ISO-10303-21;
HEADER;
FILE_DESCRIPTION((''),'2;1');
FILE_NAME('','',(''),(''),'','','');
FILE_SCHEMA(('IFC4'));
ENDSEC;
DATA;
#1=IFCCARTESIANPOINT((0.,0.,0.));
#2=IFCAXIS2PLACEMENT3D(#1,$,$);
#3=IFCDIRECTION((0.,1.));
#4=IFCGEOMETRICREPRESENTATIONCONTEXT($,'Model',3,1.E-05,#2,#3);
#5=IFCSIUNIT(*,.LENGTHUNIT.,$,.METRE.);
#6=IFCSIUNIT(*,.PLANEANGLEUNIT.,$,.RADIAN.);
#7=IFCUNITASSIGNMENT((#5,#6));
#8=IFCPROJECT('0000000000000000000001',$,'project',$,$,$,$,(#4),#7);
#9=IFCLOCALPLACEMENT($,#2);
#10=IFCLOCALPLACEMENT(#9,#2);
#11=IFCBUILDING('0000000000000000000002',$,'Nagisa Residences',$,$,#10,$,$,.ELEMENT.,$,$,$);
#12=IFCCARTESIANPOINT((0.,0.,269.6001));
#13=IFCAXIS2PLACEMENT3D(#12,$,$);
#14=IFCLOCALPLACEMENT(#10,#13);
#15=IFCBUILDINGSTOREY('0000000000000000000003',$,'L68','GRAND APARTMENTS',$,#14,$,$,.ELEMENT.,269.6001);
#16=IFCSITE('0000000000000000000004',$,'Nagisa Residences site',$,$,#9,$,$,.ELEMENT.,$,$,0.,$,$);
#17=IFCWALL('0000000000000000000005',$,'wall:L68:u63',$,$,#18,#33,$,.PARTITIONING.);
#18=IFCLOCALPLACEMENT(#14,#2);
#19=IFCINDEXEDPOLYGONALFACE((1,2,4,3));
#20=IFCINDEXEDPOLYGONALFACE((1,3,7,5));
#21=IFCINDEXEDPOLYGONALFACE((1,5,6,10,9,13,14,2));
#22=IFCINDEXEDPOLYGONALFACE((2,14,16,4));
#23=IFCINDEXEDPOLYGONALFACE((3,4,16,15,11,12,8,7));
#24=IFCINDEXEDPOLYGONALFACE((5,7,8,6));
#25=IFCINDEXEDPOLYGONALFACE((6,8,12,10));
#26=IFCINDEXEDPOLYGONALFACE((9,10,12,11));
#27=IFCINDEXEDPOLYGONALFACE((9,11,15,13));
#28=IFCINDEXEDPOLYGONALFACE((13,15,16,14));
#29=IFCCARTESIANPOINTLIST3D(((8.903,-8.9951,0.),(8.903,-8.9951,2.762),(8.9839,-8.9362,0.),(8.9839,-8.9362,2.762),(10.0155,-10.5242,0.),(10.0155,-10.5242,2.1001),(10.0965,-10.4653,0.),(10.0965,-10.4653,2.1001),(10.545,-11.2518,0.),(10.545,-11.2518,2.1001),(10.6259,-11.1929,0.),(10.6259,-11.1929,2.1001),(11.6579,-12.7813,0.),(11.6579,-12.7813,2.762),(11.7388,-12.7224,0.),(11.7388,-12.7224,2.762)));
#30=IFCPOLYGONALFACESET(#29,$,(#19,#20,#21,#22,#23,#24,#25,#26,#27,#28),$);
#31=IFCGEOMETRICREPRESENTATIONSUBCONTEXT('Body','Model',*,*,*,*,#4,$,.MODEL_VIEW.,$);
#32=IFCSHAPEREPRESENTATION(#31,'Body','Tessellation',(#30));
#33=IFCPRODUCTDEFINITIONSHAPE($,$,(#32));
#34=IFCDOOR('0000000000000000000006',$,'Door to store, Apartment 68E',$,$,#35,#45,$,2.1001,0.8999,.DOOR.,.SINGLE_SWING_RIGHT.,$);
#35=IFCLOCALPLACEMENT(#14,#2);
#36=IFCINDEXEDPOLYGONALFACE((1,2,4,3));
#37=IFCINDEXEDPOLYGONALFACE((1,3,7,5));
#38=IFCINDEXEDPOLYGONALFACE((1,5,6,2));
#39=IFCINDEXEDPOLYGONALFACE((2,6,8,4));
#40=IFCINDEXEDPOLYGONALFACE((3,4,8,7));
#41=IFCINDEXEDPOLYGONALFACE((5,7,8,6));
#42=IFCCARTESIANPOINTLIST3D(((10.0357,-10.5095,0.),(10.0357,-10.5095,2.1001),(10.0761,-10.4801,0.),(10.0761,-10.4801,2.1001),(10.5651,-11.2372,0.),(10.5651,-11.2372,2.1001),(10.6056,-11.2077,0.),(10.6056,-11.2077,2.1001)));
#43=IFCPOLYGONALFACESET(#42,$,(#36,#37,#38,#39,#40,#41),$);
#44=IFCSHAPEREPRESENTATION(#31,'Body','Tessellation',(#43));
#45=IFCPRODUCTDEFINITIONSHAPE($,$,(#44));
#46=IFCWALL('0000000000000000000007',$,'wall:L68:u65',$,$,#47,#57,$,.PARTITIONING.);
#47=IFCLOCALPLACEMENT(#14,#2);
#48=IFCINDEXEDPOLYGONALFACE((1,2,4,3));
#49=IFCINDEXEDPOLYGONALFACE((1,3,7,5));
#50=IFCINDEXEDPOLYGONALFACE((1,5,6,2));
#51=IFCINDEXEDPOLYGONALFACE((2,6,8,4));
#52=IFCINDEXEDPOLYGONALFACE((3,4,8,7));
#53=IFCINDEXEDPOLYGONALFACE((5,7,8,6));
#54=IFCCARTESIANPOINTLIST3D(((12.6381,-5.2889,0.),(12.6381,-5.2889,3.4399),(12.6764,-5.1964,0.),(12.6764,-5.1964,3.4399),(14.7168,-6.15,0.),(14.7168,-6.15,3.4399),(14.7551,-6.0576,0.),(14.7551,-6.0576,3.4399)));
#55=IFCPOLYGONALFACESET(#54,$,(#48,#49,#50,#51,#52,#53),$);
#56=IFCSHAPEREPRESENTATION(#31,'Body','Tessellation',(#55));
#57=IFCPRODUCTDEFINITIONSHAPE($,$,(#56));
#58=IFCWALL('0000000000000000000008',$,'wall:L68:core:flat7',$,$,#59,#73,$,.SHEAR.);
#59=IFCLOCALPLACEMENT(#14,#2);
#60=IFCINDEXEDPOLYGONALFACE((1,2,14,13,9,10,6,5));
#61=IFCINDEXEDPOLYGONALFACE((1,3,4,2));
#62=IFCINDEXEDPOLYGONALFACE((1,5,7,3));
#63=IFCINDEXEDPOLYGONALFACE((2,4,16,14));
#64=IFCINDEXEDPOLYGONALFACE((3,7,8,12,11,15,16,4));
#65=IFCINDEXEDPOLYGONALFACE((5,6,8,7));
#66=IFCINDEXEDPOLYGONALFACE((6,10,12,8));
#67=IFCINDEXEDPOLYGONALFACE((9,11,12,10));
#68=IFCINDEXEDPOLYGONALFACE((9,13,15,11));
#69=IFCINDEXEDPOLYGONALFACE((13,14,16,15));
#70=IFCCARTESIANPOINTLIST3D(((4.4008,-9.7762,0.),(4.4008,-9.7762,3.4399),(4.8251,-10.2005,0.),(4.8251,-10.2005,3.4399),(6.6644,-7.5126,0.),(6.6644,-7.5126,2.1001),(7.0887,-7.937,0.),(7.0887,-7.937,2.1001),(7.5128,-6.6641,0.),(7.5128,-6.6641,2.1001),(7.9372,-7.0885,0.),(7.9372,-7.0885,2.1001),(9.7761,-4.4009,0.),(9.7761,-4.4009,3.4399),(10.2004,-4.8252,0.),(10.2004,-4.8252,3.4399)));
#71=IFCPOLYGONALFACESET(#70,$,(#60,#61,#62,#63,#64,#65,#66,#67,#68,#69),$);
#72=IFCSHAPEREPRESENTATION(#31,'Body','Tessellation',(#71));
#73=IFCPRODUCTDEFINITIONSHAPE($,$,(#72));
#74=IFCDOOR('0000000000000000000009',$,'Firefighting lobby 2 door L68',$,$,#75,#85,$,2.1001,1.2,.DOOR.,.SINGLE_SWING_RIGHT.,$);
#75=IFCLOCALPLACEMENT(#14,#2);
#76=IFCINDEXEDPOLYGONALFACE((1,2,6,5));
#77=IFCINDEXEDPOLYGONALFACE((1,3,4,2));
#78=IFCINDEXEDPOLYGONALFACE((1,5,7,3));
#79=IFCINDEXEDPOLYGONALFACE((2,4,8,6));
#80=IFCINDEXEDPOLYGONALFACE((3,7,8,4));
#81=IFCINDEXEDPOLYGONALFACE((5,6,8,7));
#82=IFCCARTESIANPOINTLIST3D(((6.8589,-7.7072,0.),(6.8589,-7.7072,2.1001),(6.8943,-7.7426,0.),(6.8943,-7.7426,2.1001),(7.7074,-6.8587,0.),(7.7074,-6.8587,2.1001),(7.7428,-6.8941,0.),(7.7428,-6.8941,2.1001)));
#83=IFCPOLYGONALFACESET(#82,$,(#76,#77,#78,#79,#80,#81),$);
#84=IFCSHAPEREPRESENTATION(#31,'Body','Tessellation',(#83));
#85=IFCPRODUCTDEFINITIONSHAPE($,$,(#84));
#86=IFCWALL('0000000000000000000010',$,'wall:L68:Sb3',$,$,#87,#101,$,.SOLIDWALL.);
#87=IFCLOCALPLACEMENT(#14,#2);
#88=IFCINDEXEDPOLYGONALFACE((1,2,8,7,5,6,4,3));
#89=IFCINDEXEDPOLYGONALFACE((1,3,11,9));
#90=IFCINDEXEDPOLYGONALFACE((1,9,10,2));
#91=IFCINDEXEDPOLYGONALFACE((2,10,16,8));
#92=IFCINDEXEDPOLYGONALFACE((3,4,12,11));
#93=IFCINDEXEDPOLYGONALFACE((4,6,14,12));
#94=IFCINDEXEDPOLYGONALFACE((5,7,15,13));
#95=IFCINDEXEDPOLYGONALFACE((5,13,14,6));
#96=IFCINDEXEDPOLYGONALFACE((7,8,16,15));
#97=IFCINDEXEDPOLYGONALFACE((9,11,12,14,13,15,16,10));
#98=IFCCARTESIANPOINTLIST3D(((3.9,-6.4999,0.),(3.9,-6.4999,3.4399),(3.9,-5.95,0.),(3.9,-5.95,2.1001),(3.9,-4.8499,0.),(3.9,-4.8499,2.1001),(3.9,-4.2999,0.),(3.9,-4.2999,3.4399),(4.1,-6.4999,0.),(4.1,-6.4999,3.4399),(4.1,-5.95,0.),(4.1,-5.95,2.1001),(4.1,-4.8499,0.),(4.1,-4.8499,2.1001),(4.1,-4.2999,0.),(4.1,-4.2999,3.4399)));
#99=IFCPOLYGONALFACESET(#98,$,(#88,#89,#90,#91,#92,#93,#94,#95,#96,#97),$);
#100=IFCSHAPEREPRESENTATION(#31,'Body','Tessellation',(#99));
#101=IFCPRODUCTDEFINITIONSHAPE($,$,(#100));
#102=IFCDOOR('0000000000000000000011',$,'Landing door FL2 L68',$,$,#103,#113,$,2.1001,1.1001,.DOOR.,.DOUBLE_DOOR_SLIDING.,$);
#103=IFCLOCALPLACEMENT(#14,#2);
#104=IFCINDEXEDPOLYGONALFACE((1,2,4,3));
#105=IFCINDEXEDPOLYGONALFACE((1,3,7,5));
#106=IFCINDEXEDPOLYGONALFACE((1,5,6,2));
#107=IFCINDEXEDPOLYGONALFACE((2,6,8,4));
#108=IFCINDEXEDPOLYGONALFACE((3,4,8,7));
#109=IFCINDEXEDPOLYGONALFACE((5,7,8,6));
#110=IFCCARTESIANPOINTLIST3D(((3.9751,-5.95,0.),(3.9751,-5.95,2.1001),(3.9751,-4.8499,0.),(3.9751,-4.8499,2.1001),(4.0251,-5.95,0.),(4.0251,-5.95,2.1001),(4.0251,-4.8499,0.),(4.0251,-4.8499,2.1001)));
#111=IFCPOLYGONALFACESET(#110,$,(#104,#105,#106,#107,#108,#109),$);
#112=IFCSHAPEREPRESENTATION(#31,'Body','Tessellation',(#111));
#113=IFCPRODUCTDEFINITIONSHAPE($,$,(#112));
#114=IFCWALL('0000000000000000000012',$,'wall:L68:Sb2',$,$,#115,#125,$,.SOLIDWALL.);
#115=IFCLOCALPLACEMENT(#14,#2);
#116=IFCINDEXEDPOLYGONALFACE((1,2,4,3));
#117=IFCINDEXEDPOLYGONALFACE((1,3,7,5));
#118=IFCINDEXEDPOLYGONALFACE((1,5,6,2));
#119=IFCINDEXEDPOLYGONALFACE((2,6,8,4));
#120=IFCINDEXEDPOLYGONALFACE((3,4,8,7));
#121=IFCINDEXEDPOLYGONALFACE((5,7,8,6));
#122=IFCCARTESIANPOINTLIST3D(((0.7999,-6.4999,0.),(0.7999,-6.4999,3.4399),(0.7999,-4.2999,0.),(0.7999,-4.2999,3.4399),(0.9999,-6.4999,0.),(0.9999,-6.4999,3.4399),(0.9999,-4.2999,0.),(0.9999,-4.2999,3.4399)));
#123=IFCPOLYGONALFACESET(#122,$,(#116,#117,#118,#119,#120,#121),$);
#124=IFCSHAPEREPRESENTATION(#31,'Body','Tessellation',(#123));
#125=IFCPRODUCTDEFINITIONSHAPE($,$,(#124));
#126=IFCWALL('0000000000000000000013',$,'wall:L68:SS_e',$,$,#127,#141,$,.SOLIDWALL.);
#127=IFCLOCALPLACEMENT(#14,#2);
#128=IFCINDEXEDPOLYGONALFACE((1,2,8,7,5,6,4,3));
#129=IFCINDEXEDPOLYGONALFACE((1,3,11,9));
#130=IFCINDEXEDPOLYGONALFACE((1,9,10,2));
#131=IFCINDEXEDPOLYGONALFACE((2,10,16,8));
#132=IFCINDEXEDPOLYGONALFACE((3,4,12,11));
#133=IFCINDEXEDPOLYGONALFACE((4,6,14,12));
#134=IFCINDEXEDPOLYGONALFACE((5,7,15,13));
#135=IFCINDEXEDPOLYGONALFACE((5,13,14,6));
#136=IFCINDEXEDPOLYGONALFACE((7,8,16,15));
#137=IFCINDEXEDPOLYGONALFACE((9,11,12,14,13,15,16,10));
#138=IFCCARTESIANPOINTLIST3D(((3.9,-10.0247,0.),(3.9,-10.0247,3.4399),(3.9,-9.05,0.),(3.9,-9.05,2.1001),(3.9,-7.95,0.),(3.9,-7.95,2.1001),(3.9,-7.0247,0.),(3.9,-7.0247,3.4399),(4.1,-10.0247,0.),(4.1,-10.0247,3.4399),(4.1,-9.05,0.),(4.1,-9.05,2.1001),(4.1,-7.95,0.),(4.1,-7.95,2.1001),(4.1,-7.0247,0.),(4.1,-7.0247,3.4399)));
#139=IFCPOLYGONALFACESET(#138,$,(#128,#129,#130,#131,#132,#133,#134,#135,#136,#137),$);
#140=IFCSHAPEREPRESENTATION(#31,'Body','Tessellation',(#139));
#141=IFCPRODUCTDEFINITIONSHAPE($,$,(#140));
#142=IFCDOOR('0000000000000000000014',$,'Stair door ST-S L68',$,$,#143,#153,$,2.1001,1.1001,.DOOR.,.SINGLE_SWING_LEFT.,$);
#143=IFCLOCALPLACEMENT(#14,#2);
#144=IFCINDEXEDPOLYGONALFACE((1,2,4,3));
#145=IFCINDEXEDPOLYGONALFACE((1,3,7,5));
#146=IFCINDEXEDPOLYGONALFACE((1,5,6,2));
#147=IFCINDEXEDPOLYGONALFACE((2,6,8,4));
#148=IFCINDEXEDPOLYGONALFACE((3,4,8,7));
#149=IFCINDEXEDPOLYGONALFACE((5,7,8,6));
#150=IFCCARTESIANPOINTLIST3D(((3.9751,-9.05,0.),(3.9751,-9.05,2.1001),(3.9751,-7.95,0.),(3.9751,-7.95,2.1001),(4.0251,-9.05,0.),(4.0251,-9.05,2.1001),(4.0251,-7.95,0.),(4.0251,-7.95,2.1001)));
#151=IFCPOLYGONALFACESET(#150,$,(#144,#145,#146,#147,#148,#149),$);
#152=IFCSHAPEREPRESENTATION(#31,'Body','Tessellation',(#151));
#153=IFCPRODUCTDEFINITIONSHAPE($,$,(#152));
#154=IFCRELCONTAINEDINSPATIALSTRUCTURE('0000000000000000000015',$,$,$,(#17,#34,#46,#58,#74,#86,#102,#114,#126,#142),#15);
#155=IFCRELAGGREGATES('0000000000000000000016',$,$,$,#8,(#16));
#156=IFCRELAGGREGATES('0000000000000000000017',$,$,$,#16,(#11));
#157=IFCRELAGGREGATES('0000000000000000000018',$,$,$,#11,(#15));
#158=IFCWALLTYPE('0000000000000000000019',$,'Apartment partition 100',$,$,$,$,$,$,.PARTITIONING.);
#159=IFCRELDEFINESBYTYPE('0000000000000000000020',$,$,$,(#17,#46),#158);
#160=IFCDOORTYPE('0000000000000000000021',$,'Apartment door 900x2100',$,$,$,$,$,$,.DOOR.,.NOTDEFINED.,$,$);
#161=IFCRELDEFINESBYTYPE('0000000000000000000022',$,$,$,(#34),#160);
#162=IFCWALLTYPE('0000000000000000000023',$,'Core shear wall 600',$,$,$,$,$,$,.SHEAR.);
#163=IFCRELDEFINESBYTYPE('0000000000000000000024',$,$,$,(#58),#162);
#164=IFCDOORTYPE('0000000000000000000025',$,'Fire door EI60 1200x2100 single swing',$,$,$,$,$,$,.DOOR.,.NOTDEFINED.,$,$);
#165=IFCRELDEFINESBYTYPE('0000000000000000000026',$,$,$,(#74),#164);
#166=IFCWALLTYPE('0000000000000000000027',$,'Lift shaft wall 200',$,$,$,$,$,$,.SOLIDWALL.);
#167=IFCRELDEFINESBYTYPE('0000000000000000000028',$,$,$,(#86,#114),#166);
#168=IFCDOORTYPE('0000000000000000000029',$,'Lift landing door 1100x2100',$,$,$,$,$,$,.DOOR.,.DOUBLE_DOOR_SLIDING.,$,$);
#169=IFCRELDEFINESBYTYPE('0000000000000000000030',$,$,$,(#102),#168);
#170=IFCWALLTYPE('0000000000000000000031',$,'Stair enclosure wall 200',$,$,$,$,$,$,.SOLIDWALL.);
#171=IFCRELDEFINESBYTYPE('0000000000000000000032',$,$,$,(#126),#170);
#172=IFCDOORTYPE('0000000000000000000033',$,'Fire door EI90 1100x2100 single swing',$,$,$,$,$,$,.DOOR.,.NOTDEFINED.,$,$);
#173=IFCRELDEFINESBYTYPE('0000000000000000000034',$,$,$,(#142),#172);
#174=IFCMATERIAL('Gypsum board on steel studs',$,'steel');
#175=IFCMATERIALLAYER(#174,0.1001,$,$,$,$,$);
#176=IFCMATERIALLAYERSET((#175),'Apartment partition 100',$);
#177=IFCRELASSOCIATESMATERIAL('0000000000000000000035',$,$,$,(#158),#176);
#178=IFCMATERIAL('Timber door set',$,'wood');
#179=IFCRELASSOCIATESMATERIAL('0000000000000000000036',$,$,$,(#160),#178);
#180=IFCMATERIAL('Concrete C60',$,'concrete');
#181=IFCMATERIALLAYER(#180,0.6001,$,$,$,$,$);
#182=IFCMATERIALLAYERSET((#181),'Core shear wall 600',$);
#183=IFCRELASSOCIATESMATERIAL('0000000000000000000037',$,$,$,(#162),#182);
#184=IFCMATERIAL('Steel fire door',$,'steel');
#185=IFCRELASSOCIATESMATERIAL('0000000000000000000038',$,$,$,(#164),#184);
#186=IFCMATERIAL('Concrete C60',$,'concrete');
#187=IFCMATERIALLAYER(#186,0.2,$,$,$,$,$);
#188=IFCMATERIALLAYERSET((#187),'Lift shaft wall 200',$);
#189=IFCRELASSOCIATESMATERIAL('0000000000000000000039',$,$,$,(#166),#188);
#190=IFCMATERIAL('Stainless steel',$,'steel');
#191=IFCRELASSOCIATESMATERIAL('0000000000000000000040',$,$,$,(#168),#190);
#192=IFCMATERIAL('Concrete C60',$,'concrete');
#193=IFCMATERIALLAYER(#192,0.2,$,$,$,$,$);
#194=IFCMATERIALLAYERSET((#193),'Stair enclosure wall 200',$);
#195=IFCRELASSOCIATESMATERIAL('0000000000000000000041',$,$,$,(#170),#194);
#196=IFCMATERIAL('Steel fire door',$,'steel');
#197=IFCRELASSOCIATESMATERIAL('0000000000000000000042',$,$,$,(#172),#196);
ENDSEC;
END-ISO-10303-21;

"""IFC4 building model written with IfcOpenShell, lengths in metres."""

from ifc_helpers import new_model, si_unit, direction, frame, frame_2d, origin, place, context, subcontext, project, spatial, rectangle, extrude, material, layer, layer_set, type_object, element, fill, save


model = new_model("IFC4")

# Units and contexts
model_context = context("Model", 3, precision=1e-05, world=origin(), true_north=direction((0.0, 1.0)))
body_context = subcontext(model_context, "Body", "Model", "MODEL_VIEW")
ifc_project = project(units=[si_unit("LENGTHUNIT", "METRE"), si_unit("PLANEANGLEUNIT", "RADIAN")], contexts=[model_context])

# Site, building, storey
site_placement = place(None, origin())
site = spatial("IfcSite", under=ifc_project, at=site_placement, Name="Nagisa Residences site", CompositionType="ELEMENT", RefElevation=0.0)
building_placement = place(site_placement, origin())
building = spatial("IfcBuilding", under=site, at=building_placement, Name="Nagisa Residences", CompositionType="ELEMENT")
storey_placement = place(building_placement, frame((0.0, 0.0, 269.6001)))
storey = spatial("IfcBuildingStorey", under=building, at=storey_placement, Name="L68", Description="GRAND APARTMENTS", CompositionType="ELEMENT", Elevation=269.6001)

# Wall, opening, door
ifc_material_1 = material(Name="Gypsum board on steel studs", Category="steel")
ifc_layer_1 = layer(ifc_material_1, 0.1001)
ifc_layer_set_1 = layer_set([ifc_layer_1], Name="Apartment partition 100")
wall_type_1 = type_object("IfcWallType", Name="Apartment partition 100", PredefinedType="PARTITIONING", material=ifc_layer_set_1)
ifc_material_2 = material(Name="Timber door set", Category="wood")
door_type_1 = type_object("IfcDoorType", Name="Apartment door 900x2100", OperationType="NOTDEFINED", PredefinedType="DOOR", material=ifc_material_2)
wall_1_placement = place(storey_placement, frame((8.9434, -8.9656, 0.0), z_axis=(0.0, 0.0, 1.0), x_axis=(0.588358, -0.808601, 0.0)))
wall_1 = element("IfcWall", 1, at=wall_1_placement, inside=storey, type_object=wall_type_1, Name="wall:L68:u63", PredefinedType="PARTITIONING", context=body_context, shape_type="SweptSolid", body=[
    extrude(rectangle(XDim=4.6824, YDim=0.1001, at=frame_2d((2.3413, 0.0))), origin(), (0.0, 0.0, 1.0), 2.762),
])
opening_1_placement = place(wall_1_placement, frame((1.8911, 0.0, 0.0)))
opening_1 = element("IfcOpeningElement", 2, at=opening_1_placement, cuts=wall_1, PredefinedType="OPENING", context=body_context, shape_type="SweptSolid", body=[
    extrude(rectangle(XDim=0.8999, YDim=2.1001, at=frame_2d((0.45, 1.05))), frame((0.0, 0.0601, 0.0), z_axis=(0.0, -1.0, 0.0), x_axis=(1.0, 0.0, 0.0)), (0.0, 0.0, 1.0), 0.1201),
])
door_1_placement = place(opening_1_placement, origin())
door_1 = element("IfcDoor", 3, at=door_1_placement, inside=storey, type_object=door_type_1, Name="Door to store, Apartment 68E", OperationType="SINGLE_SWING_RIGHT", OverallHeight=2.1001, OverallWidth=0.8999, PredefinedType="DOOR", context=body_context, shape_type="SweptSolid", body=[
    extrude(rectangle(XDim=0.8999, YDim=2.1001, at=frame_2d((0.45, 1.05))), frame((0.0, 0.0249, 0.0), z_axis=(0.0, -1.0, 0.0), x_axis=(1.0, 0.0, 0.0)), (0.0, 0.0, 1.0), 0.05),
])
fill(opening_1, door_1)

# Wall
wall_2_placement = place(storey_placement, frame((12.6572, -5.2427, 0.0), z_axis=(0.0, 0.0, 1.0), x_axis=(0.923865, -0.382719, 0.0)))
element("IfcWall", 4, at=wall_2_placement, inside=storey, type_object=wall_type_1, Name="wall:L68:u65", PredefinedType="PARTITIONING", context=body_context, shape_type="SweptSolid", body=[
    extrude(rectangle(XDim=2.25, YDim=0.1001, at=frame_2d((1.125, 0.0))), origin(), (0.0, 0.0, 1.0), 3.4399),
])

# Walls, openings, doors
ifc_material_3 = material(Name="Concrete C60", Category="concrete")
ifc_layer_2 = layer(ifc_material_3, 0.6001)
ifc_layer_set_2 = layer_set([ifc_layer_2], Name="Core shear wall 600")
wall_type_2 = type_object("IfcWallType", Name="Core shear wall 600", PredefinedType="SHEAR", material=ifc_layer_set_2)
wall_3_placement = place(storey_placement, frame((4.613, -9.9883, 0.0), z_axis=(0.0, 0.0, 1.0), x_axis=(0.707107, 0.707107, 0.0)))
wall_3 = element("IfcWall", 5, at=wall_3_placement, inside=storey, type_object=wall_type_2, Name="wall:L68:core:flat7", PredefinedType="SHEAR", context=body_context, shape_type="SweptSolid", body=[
    extrude(rectangle(XDim=7.6018, YDim=0.6001, at=frame_2d((3.8008, 0.0))), origin(), (0.0, 0.0, 1.0), 3.4399),
])
opening_2_placement = place(wall_3_placement, frame((3.2009, 0.0, 0.0)))
opening_2 = element("IfcOpeningElement", 6, at=opening_2_placement, cuts=wall_3, PredefinedType="OPENING", context=body_context, shape_type="SweptSolid", body=[
    extrude(rectangle(XDim=1.2, YDim=2.1001, at=frame_2d((0.6001, 1.05))), frame((0.0, 0.3101, 0.0), z_axis=(0.0, -1.0, 0.0), x_axis=(1.0, 0.0, 0.0)), (0.0, 0.0, 1.0), 0.6201),
])
ifc_material_4 = material(Name="Steel fire door", Category="steel")
door_type_2 = type_object("IfcDoorType", Name="Fire door EI60 1200x2100 single swing", OperationType="NOTDEFINED", PredefinedType="DOOR", material=ifc_material_4)
door_2_placement = place(opening_2_placement, origin())
door_2 = element("IfcDoor", 7, at=door_2_placement, inside=storey, type_object=door_type_2, Name="Firefighting lobby 2 door L68", OperationType="SINGLE_SWING_RIGHT", OverallHeight=2.1001, OverallWidth=1.2, PredefinedType="DOOR", context=body_context, shape_type="SweptSolid", body=[
    extrude(rectangle(XDim=1.2, YDim=2.1001, at=frame_2d((0.6001, 1.05))), frame((0.0, 0.0249, 0.0), z_axis=(0.0, -1.0, 0.0), x_axis=(1.0, 0.0, 0.0)), (0.0, 0.0, 1.0), 0.05),
])
fill(opening_2, door_2)
ifc_material_5 = material(Name="Concrete C60", Category="concrete")
ifc_layer_3 = layer(ifc_material_5, 0.2)
ifc_layer_set_3 = layer_set([ifc_layer_3], Name="Lift shaft wall 200")
wall_type_3 = type_object("IfcWallType", Name="Lift shaft wall 200", PredefinedType="SOLIDWALL", material=ifc_layer_set_3)
wall_4_placement = place(storey_placement, frame((4.0, -6.5, 0.0), z_axis=(0.0, 0.0, 1.0), x_axis=(0.0, 1.0, 0.0)))
wall_4 = element("IfcWall", 8, at=wall_4_placement, inside=storey, type_object=wall_type_3, Name="wall:L68:Sb3", PredefinedType="SOLIDWALL", context=body_context, shape_type="SweptSolid", body=[
    extrude(rectangle(XDim=2.2, YDim=0.2, at=frame_2d((1.1001, 0.0))), origin(), (0.0, 0.0, 1.0), 3.4399),
])
opening_3_placement = place(wall_4_placement, frame((0.55, 0.0, 0.0)))
opening_3 = element("IfcOpeningElement", 9, at=opening_3_placement, cuts=wall_4, PredefinedType="OPENING", context=body_context, shape_type="SweptSolid", body=[
    extrude(rectangle(XDim=1.1001, YDim=2.1001, at=frame_2d((0.55, 1.05))), frame((0.0, 0.1099, 0.0), z_axis=(0.0, -1.0, 0.0), x_axis=(1.0, 0.0, 0.0)), (0.0, 0.0, 1.0), 0.22),
])
ifc_material_6 = material(Name="Stainless steel", Category="steel")
door_type_3 = type_object("IfcDoorType", Name="Lift landing door 1100x2100", OperationType="DOUBLE_DOOR_SLIDING", PredefinedType="DOOR", material=ifc_material_6)
door_3_placement = place(opening_3_placement, origin())
door_3 = element("IfcDoor", 10, at=door_3_placement, inside=storey, type_object=door_type_3, Name="Landing door FL2 L68", OperationType="DOUBLE_DOOR_SLIDING", OverallHeight=2.1001, OverallWidth=1.1001, PredefinedType="DOOR", context=body_context, shape_type="SweptSolid", body=[
    extrude(rectangle(XDim=1.1001, YDim=2.1001, at=frame_2d((0.55, 1.05))), frame((0.0, 0.0249, 0.0), z_axis=(0.0, -1.0, 0.0), x_axis=(1.0, 0.0, 0.0)), (0.0, 0.0, 1.0), 0.05),
])
fill(opening_3, door_3)

# Wall
wall_5_placement = place(storey_placement, frame((0.8999, -6.5, 0.0), z_axis=(0.0, 0.0, 1.0), x_axis=(0.0, 1.0, 0.0)))
element("IfcWall", 11, at=wall_5_placement, inside=storey, type_object=wall_type_3, Name="wall:L68:Sb2", PredefinedType="SOLIDWALL", context=body_context, shape_type="SweptSolid", body=[
    extrude(rectangle(XDim=2.2, YDim=0.2, at=frame_2d((1.1001, 0.0))), origin(), (0.0, 0.0, 1.0), 3.4399),
])

# Wall, opening, door
ifc_material_7 = material(Name="Concrete C60", Category="concrete")
ifc_layer_4 = layer(ifc_material_7, 0.2)
ifc_layer_set_4 = layer_set([ifc_layer_4], Name="Stair enclosure wall 200")
wall_type_4 = type_object("IfcWallType", Name="Stair enclosure wall 200", PredefinedType="SOLIDWALL", material=ifc_layer_set_4)
wall_6_placement = place(storey_placement, frame((4.0, -10.0247, 0.0), z_axis=(0.0, 0.0, 1.0), x_axis=(0.0, 1.0, 0.0)))
wall_6 = element("IfcWall", 12, at=wall_6_placement, inside=storey, type_object=wall_type_4, Name="wall:L68:SS_e", PredefinedType="SOLIDWALL", context=body_context, shape_type="SweptSolid", body=[
    extrude(rectangle(XDim=3.0, YDim=0.2, at=frame_2d((1.5, 0.0))), origin(), (0.0, 0.0, 1.0), 3.4399),
])
opening_4_placement = place(wall_6_placement, frame((0.9746, 0.0, 0.0)))
opening_4 = element("IfcOpeningElement", 13, at=opening_4_placement, cuts=wall_6, PredefinedType="OPENING", context=body_context, shape_type="SweptSolid", body=[
    extrude(rectangle(XDim=1.1001, YDim=2.1001, at=frame_2d((0.55, 1.05))), frame((0.0, 0.1099, 0.0), z_axis=(0.0, -1.0, 0.0), x_axis=(1.0, 0.0, 0.0)), (0.0, 0.0, 1.0), 0.22),
])
ifc_material_8 = material(Name="Steel fire door", Category="steel")
door_type_4 = type_object("IfcDoorType", Name="Fire door EI90 1100x2100 single swing", OperationType="NOTDEFINED", PredefinedType="DOOR", material=ifc_material_8)
door_4_placement = place(opening_4_placement, origin())
door_4 = element("IfcDoor", 14, at=door_4_placement, inside=storey, type_object=door_type_4, Name="Stair door ST-S L68", OperationType="SINGLE_SWING_LEFT", OverallHeight=2.1001, OverallWidth=1.1001, PredefinedType="DOOR", context=body_context, shape_type="SweptSolid", body=[
    extrude(rectangle(XDim=1.1001, YDim=2.1001, at=frame_2d((0.55, 1.05))), frame((0.0, 0.0249, 0.0), z_axis=(0.0, -1.0, 0.0), x_axis=(1.0, 0.0, 0.0)), (0.0, 0.0, 1.0), 0.05),
])
fill(opening_4, door_4)

save(model, "model.ifc")
